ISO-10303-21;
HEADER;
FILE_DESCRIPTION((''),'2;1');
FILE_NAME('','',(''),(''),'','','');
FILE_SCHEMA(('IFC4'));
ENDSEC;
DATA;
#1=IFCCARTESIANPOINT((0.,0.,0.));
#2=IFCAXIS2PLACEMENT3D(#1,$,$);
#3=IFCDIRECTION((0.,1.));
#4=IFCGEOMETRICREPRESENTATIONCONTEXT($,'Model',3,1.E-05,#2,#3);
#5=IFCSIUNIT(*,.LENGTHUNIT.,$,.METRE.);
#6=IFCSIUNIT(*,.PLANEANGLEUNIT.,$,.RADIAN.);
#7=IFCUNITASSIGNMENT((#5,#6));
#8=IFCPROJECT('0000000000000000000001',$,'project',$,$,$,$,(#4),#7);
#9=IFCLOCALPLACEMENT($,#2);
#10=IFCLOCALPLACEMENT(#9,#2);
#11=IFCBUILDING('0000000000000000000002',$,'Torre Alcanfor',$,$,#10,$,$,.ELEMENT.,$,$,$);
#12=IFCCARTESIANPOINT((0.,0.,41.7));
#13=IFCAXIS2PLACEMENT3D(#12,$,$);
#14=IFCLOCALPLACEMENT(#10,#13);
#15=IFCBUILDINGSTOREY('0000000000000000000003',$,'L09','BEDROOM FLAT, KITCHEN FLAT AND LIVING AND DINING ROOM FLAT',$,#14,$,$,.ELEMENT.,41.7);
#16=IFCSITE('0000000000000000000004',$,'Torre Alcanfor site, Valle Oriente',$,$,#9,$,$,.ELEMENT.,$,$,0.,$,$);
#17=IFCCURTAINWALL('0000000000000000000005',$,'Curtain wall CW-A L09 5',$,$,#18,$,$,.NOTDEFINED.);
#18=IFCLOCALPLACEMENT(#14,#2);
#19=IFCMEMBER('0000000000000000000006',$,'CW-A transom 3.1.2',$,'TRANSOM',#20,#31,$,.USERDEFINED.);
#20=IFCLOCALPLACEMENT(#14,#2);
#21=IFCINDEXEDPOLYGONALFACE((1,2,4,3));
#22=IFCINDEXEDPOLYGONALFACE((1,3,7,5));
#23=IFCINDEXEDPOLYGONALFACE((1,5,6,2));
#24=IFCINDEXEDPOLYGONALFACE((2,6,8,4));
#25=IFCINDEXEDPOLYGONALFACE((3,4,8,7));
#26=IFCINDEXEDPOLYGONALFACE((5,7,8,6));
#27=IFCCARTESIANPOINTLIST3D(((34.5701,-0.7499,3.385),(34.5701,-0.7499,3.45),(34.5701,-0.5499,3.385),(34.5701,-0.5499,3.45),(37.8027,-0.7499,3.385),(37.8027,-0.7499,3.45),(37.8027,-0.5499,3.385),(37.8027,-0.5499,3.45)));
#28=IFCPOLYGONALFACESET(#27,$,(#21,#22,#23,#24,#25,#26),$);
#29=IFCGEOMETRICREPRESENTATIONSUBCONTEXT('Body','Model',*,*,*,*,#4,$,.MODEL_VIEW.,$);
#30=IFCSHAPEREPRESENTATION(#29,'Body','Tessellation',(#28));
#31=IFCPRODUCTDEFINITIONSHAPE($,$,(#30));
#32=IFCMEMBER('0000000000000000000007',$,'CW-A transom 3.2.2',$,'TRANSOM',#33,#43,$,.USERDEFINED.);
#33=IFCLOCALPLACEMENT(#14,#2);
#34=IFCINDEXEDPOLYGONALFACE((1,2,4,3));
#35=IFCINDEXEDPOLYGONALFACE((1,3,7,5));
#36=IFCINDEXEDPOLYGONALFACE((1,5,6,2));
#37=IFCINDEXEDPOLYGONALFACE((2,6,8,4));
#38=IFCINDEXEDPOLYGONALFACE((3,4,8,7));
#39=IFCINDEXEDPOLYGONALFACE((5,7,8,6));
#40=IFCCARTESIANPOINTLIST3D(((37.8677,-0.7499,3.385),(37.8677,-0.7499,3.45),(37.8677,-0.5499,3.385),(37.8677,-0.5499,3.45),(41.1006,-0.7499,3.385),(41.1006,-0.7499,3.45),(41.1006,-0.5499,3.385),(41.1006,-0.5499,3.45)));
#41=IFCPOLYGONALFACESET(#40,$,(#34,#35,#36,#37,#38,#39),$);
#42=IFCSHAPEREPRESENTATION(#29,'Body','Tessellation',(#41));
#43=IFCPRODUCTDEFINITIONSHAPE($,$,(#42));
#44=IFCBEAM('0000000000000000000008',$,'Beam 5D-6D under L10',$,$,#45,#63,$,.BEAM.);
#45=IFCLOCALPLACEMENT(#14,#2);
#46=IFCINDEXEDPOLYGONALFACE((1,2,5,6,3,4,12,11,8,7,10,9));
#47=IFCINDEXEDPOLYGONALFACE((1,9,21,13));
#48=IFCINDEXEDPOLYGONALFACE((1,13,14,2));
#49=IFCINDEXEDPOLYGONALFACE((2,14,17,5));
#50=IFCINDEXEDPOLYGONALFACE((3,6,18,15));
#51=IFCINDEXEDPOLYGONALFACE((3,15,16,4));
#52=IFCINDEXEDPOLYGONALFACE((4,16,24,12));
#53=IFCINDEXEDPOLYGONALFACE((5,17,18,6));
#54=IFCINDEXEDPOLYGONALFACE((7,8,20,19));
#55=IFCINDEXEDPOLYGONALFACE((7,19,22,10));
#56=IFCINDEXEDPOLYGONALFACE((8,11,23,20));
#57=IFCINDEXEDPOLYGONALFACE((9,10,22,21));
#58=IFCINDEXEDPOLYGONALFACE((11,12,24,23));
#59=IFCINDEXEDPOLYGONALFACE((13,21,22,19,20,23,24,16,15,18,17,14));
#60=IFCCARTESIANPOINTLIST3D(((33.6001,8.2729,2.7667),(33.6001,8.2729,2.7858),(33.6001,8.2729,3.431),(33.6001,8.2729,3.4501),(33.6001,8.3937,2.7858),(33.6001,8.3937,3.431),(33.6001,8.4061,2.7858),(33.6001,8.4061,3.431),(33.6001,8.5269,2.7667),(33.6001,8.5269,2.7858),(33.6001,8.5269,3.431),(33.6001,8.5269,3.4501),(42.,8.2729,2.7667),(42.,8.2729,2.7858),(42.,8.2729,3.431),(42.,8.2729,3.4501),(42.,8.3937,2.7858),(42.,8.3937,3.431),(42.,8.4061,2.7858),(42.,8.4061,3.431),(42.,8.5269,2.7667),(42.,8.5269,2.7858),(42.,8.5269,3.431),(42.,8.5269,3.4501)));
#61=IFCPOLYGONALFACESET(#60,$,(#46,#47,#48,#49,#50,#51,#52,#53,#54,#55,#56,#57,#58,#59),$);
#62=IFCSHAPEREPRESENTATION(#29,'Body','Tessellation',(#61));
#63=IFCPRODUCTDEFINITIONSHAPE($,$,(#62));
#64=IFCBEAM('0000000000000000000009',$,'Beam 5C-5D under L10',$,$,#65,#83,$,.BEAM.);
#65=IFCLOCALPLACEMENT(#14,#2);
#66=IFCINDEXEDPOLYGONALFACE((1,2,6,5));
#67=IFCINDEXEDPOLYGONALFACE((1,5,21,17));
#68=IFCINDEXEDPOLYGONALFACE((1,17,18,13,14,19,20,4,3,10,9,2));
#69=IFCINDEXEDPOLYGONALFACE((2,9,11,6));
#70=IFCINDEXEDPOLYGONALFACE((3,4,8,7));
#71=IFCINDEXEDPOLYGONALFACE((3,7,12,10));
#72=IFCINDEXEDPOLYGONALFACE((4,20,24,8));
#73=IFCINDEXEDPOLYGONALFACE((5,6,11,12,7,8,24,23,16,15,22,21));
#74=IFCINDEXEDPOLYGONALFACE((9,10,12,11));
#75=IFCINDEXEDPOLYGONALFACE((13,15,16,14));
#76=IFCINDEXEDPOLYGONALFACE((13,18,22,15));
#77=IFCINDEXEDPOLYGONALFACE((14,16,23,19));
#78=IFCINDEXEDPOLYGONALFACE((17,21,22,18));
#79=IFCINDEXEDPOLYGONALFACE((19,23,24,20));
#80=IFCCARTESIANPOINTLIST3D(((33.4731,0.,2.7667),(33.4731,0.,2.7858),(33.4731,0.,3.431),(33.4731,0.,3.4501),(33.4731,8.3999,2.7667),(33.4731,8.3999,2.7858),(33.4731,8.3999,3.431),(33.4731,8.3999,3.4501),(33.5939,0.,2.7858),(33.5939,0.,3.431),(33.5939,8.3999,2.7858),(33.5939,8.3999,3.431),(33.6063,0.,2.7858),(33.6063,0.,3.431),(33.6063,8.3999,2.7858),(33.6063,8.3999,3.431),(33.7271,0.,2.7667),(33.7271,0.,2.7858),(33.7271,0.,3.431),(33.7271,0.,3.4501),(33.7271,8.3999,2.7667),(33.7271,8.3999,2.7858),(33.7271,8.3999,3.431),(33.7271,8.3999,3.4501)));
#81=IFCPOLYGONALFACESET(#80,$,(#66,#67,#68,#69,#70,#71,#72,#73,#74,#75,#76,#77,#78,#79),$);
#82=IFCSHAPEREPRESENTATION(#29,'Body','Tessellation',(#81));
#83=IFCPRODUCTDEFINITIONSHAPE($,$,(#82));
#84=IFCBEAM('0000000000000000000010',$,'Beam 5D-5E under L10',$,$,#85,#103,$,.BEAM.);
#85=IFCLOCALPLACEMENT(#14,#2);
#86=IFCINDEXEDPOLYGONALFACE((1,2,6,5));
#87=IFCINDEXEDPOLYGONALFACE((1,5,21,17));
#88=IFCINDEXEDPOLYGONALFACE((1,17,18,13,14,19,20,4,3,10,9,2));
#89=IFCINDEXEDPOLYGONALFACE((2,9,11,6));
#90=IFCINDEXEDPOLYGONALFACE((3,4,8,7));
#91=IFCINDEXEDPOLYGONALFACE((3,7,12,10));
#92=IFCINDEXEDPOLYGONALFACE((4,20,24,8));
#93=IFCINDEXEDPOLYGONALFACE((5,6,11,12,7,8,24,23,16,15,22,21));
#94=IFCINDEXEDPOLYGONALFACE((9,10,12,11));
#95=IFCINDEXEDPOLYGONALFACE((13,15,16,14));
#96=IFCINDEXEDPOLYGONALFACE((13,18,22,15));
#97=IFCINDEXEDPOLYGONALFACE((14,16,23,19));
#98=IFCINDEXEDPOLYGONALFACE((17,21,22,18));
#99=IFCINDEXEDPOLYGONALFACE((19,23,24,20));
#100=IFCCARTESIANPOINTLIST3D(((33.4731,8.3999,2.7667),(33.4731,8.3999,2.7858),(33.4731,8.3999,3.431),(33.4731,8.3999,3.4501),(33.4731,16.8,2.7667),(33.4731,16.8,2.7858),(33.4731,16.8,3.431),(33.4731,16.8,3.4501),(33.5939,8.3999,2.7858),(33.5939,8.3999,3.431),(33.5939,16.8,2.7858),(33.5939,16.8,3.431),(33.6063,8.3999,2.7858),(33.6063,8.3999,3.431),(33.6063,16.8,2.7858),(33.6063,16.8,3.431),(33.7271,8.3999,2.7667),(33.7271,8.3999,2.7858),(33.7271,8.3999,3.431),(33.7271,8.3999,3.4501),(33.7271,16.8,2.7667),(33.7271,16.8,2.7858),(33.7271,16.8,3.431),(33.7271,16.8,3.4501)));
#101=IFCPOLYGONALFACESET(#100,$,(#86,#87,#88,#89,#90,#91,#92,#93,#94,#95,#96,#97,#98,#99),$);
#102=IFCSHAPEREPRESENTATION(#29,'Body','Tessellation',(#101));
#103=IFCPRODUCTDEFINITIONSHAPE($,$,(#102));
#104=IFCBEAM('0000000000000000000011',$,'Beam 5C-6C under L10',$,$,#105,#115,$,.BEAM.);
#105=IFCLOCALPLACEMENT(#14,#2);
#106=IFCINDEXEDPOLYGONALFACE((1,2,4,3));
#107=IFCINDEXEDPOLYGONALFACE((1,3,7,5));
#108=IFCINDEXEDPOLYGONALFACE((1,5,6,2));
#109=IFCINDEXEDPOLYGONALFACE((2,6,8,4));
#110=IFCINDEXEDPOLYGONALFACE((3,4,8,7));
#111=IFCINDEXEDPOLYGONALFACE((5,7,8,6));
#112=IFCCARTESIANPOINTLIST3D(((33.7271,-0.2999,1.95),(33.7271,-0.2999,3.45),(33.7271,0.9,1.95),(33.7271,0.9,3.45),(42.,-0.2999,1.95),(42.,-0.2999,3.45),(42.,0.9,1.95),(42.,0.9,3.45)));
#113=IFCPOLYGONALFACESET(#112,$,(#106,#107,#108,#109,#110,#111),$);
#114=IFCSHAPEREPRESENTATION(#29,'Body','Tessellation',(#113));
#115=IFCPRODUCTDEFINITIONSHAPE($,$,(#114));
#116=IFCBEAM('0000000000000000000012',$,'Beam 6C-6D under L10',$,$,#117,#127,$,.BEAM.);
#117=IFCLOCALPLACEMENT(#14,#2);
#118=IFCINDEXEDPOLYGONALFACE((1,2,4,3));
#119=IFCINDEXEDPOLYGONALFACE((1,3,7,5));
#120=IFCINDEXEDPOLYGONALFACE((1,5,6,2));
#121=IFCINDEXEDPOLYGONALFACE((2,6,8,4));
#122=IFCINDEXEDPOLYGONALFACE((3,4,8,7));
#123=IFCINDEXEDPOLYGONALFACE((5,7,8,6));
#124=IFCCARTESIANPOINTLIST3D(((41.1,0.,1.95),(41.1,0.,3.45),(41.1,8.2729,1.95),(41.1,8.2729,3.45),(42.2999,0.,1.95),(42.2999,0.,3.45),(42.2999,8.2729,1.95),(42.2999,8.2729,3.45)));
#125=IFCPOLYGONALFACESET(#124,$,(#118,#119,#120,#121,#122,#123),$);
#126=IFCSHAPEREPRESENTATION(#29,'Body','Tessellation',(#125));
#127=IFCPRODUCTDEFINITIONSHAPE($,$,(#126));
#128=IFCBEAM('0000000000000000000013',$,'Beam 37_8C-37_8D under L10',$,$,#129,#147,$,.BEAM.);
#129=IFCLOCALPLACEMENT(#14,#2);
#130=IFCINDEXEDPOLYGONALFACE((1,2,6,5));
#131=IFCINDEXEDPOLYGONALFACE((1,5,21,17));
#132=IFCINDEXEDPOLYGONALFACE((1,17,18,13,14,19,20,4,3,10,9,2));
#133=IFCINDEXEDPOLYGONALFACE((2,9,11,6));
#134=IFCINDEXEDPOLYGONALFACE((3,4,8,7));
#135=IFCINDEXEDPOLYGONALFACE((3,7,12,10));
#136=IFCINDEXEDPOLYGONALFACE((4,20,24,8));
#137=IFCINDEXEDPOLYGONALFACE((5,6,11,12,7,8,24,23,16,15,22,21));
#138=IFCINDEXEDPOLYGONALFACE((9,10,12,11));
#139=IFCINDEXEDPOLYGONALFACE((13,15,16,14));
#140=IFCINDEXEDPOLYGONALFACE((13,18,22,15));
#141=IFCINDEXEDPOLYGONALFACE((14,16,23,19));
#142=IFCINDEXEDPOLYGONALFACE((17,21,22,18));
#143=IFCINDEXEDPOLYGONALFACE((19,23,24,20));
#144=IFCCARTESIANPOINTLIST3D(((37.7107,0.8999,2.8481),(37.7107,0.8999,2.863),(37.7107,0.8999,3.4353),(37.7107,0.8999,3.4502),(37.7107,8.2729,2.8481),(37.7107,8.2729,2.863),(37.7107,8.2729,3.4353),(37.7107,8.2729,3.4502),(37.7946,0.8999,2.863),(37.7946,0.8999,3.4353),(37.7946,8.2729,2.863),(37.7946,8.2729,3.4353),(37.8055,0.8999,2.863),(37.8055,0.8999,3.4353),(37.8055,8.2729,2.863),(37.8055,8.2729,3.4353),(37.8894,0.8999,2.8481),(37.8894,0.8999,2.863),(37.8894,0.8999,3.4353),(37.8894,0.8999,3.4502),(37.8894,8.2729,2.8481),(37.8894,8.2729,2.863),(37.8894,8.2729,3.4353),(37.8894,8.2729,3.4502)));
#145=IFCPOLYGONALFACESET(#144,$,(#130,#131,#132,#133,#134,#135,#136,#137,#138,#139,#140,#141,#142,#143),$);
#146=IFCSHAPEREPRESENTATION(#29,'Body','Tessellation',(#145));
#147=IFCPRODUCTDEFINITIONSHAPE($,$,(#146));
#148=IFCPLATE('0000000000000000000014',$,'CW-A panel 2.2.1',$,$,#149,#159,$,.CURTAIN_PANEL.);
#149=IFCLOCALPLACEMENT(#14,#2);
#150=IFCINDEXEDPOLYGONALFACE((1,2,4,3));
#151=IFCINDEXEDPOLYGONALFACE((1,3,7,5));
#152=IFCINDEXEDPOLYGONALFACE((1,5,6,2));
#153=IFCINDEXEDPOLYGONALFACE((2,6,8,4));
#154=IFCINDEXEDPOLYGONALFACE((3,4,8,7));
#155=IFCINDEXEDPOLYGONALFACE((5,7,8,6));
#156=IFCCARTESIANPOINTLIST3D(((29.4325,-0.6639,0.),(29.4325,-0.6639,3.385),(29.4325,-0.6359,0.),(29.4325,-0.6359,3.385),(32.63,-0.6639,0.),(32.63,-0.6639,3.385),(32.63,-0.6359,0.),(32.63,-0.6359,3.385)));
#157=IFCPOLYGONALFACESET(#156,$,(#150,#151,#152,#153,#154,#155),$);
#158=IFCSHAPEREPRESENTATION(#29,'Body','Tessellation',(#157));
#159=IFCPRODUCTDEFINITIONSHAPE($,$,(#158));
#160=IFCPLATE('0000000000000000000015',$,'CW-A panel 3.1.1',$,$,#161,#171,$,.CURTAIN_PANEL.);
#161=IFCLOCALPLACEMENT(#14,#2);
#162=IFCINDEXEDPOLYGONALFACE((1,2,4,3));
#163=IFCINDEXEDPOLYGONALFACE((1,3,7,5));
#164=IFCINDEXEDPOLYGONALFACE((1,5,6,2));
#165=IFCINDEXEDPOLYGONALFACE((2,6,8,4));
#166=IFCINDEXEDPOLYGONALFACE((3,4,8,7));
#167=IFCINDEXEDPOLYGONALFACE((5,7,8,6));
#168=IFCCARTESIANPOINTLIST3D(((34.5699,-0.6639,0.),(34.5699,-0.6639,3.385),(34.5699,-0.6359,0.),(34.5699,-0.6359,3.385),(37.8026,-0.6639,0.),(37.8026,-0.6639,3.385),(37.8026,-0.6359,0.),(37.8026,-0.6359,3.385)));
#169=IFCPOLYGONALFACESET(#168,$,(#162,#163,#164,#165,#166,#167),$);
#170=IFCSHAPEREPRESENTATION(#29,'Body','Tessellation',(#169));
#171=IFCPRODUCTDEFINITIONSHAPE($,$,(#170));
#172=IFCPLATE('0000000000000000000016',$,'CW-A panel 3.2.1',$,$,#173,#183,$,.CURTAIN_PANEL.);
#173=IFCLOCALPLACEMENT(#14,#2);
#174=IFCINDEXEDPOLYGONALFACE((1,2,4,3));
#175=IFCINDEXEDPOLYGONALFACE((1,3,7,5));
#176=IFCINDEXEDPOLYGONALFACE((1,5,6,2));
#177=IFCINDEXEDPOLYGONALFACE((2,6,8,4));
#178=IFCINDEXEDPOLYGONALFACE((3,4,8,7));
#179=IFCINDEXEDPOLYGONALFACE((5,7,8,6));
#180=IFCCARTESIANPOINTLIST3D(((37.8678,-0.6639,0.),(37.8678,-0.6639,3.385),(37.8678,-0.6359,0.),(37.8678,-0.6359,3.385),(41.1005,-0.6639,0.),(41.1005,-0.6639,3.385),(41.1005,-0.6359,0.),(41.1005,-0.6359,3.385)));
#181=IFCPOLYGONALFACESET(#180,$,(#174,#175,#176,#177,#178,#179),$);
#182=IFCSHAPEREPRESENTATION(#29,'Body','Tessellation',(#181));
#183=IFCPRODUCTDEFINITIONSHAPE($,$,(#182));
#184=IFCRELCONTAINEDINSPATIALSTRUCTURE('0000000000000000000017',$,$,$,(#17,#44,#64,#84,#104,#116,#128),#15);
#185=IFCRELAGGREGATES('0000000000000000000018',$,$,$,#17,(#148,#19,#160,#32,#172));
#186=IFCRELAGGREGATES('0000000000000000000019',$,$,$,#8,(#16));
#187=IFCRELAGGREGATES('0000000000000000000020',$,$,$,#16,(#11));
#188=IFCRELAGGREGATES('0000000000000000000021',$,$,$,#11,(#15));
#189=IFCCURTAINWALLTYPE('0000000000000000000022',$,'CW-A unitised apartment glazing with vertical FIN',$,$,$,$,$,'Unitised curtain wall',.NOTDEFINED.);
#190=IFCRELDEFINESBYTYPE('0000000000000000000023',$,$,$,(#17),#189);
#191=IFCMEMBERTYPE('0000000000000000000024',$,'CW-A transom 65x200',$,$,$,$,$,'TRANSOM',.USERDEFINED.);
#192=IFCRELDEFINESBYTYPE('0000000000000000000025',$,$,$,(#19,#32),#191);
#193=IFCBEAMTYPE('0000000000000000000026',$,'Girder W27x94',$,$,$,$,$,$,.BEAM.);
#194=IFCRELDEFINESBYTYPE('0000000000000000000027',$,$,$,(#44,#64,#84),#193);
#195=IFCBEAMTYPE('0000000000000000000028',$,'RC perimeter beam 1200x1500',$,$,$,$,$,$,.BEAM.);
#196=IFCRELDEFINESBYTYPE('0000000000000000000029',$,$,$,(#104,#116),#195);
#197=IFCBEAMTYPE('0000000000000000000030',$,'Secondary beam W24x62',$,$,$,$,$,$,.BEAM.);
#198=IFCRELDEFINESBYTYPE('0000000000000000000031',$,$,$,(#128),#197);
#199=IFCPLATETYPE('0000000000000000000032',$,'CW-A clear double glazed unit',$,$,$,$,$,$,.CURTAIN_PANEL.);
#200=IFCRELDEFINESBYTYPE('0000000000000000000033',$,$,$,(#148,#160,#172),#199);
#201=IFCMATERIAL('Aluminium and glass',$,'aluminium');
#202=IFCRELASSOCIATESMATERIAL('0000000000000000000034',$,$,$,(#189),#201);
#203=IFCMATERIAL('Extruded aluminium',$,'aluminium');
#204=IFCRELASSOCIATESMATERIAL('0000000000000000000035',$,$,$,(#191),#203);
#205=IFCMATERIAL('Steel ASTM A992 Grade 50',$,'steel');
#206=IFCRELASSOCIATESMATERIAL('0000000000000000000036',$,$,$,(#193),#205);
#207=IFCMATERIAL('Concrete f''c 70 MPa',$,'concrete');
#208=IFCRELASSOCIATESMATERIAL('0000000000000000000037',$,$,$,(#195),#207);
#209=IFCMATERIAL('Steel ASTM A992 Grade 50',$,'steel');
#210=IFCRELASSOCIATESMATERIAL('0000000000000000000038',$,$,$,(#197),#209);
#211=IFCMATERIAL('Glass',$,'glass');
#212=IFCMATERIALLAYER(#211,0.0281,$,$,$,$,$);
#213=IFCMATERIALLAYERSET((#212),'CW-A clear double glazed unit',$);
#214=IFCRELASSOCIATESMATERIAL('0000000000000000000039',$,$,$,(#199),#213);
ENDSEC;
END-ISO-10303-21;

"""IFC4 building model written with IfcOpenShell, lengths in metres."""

from ifc_helpers import new_model, si_unit, direction, frame, origin, origin_2d, place, context, subcontext, project, spatial, rectangle, i_section, extrude, material, layer, layer_set, material_profile, profile_set, type_object, element, aggregate, save


model = new_model("IFC4")

# Units and contexts
model_context = context("Model", 3, precision=1e-05, world=origin(), true_north=direction((0.0, 1.0)))
body_context = subcontext(model_context, "Body", "Model", "MODEL_VIEW")
ifc_project = project(units=[si_unit("LENGTHUNIT", "METRE"), si_unit("PLANEANGLEUNIT", "RADIAN")], contexts=[model_context])

# Site, building, storey
site_placement = place(None, origin())
site = spatial("IfcSite", under=ifc_project, at=site_placement, Name="Torre Alcanfor site, Valle Oriente", CompositionType="ELEMENT", RefElevation=0.0)
building_placement = place(site_placement, origin())
building = spatial("IfcBuilding", under=site, at=building_placement, Name="Torre Alcanfor", CompositionType="ELEMENT")
storey_placement = place(building_placement, frame((0.0, 0.0, 41.7)))
storey = spatial("IfcBuildingStorey", under=building, at=storey_placement, Name="L09", Description="BEDROOM FLAT, KITCHEN FLAT AND LIVING AND DINING ROOM FLAT", CompositionType="ELEMENT", Elevation=41.7)

# Curtain wall, members
ifc_material_1 = material(Name="Aluminium and glass", Category="aluminium")
curtain_wall_type = type_object("IfcCurtainWallType", Name="CW-A unitised apartment glazing with vertical FIN", ElementType="Unitised curtain wall", PredefinedType="NOTDEFINED", material=ifc_material_1)
curtain_wall_placement = place(storey_placement, origin())
curtain_wall = element("IfcCurtainWall", 1, at=curtain_wall_placement, inside=storey, type_object=curtain_wall_type, Name="Curtain wall CW-A L09 5", PredefinedType="NOTDEFINED")
ifc_material_2 = material(Name="Extruded aluminium", Category="aluminium")
ifc_material_profile_1 = material_profile(ifc_material_2, rectangle(XDim=0.2, YDim=0.0649, at=origin_2d()), Name="CW-A transom 200x65")
ifc_profile_set_1 = profile_set([ifc_material_profile_1], Name="Extruded aluminium")
member_type_1 = type_object("IfcMemberType", Name="CW-A transom 65x200", ElementType="TRANSOM", PredefinedType="USERDEFINED", material=ifc_profile_set_1)
member_1_placement = place(storey_placement, frame((34.5701, -0.6499, 3.4175), z_axis=(1.0, 0.0, 0.0), x_axis=(0.0, 1.0, 0.0)))
member_1 = element("IfcMember", 2, at=member_1_placement, type_object=member_type_1, Name="CW-A transom 3.1.2", ObjectType="TRANSOM", PredefinedType="USERDEFINED", context=body_context, shape_type="SweptSolid", body=[
    extrude(rectangle(XDim=0.2, YDim=0.0649, at=origin_2d()), origin(), (0.0, 0.0, 1.0), 3.2327),
])
member_2_placement = place(storey_placement, frame((37.8677, -0.6499, 3.4175), z_axis=(1.0, 0.0, 0.0), x_axis=(0.0, 1.0, 0.0)))
member_2 = element("IfcMember", 3, at=member_2_placement, type_object=member_type_1, Name="CW-A transom 3.2.2", ObjectType="TRANSOM", PredefinedType="USERDEFINED", context=body_context, shape_type="SweptSolid", body=[
    extrude(rectangle(XDim=0.2, YDim=0.0649, at=origin_2d()), origin(), (0.0, 0.0, 1.0), 3.2329),
])

# Beams
ifc_material_3 = material(Name="Steel ASTM A992 Grade 50", Category="steel")
ifc_material_profile_2 = material_profile(ifc_material_3, i_section(OverallWidth=0.2539, OverallDepth=0.6833, WebThickness=0.0125, FlangeThickness=0.019, at=origin_2d()), Name="W27x94")
ifc_profile_set_2 = profile_set([ifc_material_profile_2], Name="Steel ASTM A992 Grade 50")
beam_type_1 = type_object("IfcBeamType", Name="Girder W27x94", PredefinedType="BEAM", material=ifc_profile_set_2)
for number, where, z_axis, x_axis, name in (
    (4, (33.6001, 8.3999, 3.1084), (1.0, 0.0, 0.0), (0.0, 1.0, 0.0), "Beam 5D-6D under L10"),
    (5, (33.6001, 0.0, 3.1084), (0.0, 1.0, 0.0), (-1.0, 0.0, 0.0), "Beam 5C-5D under L10"),
):
    element("IfcBeam", number, at=place(storey_placement, frame(where, z_axis=z_axis, x_axis=x_axis)), inside=storey, type_object=beam_type_1, Name=name, PredefinedType="BEAM", context=body_context, shape_type="SweptSolid", body=[
        extrude(i_section(OverallWidth=0.2539, OverallDepth=0.6833, WebThickness=0.0125, FlangeThickness=0.019, at=origin_2d()), origin(), (0.0, 0.0, 1.0), 8.3999),
    ])
beam_1_placement = place(storey_placement, frame((33.6001, 8.3999, 3.1084), z_axis=(0.0, 1.0, 0.0), x_axis=(-1.0, 0.0, 0.0)))
element("IfcBeam", 6, at=beam_1_placement, inside=storey, type_object=beam_type_1, Name="Beam 5D-5E under L10", PredefinedType="BEAM", context=body_context, shape_type="SweptSolid", body=[
    extrude(i_section(OverallWidth=0.2539, OverallDepth=0.6833, WebThickness=0.0125, FlangeThickness=0.019, at=origin_2d()), origin(), (0.0, 0.0, 1.0), 8.4001),
])
ifc_material_4 = material(Name="Concrete f'c 70 MPa", Category="concrete")
ifc_material_profile_3 = material_profile(ifc_material_4, rectangle(XDim=1.2, YDim=1.5, at=origin_2d()), Name="1200x1500")
ifc_profile_set_3 = profile_set([ifc_material_profile_3], Name="Concrete f'c 70 MPa")
beam_type_2 = type_object("IfcBeamType", Name="RC perimeter beam 1200x1500", PredefinedType="BEAM", material=ifc_profile_set_3)
for number, where, z_axis, x_axis, name in (
    (7, (33.7271, 0.3, 2.7), (1.0, 0.0, 0.0), (0.0, 1.0, 0.0), "Beam 5C-6C under L10"),
    (8, (41.7, 0.0, 2.7), (0.0, 1.0, 0.0), (-1.0, 0.0, 0.0), "Beam 6C-6D under L10"),
):
    element("IfcBeam", number, at=place(storey_placement, frame(where, z_axis=z_axis, x_axis=x_axis)), inside=storey, type_object=beam_type_2, Name=name, PredefinedType="BEAM", context=body_context, shape_type="SweptSolid", body=[
        extrude(rectangle(XDim=1.2, YDim=1.5, at=origin_2d()), origin(), (0.0, 0.0, 1.0), 8.2729),
    ])
ifc_material_5 = material(Name="Steel ASTM A992 Grade 50", Category="steel")
ifc_material_profile_4 = material_profile(ifc_material_5, i_section(OverallWidth=0.1787, OverallDepth=0.6021, WebThickness=0.011, FlangeThickness=0.0149, at=origin_2d()), Name="W24x62")
ifc_profile_set_4 = profile_set([ifc_material_profile_4], Name="Steel ASTM A992 Grade 50")
beam_type_3 = type_object("IfcBeamType", Name="Secondary beam W24x62", PredefinedType="BEAM", material=ifc_profile_set_4)
beam_2_placement = place(storey_placement, frame((37.8, 0.8999, 3.1492), z_axis=(0.0, 1.0, 0.0), x_axis=(-1.0, 0.0, 0.0)))
element("IfcBeam", 9, at=beam_2_placement, inside=storey, type_object=beam_type_3, Name="Beam 37_8C-37_8D under L10", PredefinedType="BEAM", context=body_context, shape_type="SweptSolid", body=[
    extrude(i_section(OverallWidth=0.1787, OverallDepth=0.6021, WebThickness=0.011, FlangeThickness=0.0149, at=origin_2d()), origin(), (0.0, 0.0, 1.0), 7.373),
])

# Plates
ifc_material_6 = material(Name="Glass", Category="glass")
ifc_layer_1 = layer(ifc_material_6, 0.0281)
ifc_layer_set_1 = layer_set([ifc_layer_1], Name="CW-A clear double glazed unit")
plate_type = type_object("IfcPlateType", Name="CW-A clear double glazed unit", PredefinedType="CURTAIN_PANEL", material=ifc_layer_set_1)
plate_1_placement = place(storey_placement, frame((31.0312, -0.6499, 0.0), z_axis=(0.0, 0.0, 1.0), x_axis=(1.0, 0.0, 0.0)))
plate_1 = element("IfcPlate", 10, at=plate_1_placement, type_object=plate_type, Name="CW-A panel 2.2.1", PredefinedType="CURTAIN_PANEL", context=body_context, shape_type="SweptSolid", body=[
    extrude(rectangle(XDim=3.1975, YDim=0.0281, at=origin_2d()), origin(), (0.0, 0.0, 1.0), 3.385),
])
plate_2_placement = place(storey_placement, frame((36.1863, -0.6499, 0.0), z_axis=(0.0, 0.0, 1.0), x_axis=(1.0, 0.0, 0.0)))
plate_2 = element("IfcPlate", 11, at=plate_2_placement, type_object=plate_type, Name="CW-A panel 3.1.1", PredefinedType="CURTAIN_PANEL", context=body_context, shape_type="SweptSolid", body=[
    extrude(rectangle(XDim=3.2327, YDim=0.0281, at=origin_2d()), origin(), (0.0, 0.0, 1.0), 3.385),
])
plate_3_placement = place(storey_placement, frame((39.4841, -0.6499, 0.0), z_axis=(0.0, 0.0, 1.0), x_axis=(1.0, 0.0, 0.0)))
plate_3 = element("IfcPlate", 12, at=plate_3_placement, type_object=plate_type, Name="CW-A panel 3.2.1", PredefinedType="CURTAIN_PANEL", context=body_context, shape_type="SweptSolid", body=[
    extrude(rectangle(XDim=3.2327, YDim=0.0281, at=origin_2d()), origin(), (0.0, 0.0, 1.0), 3.385),
])
aggregate(curtain_wall, [plate_1, member_1, plate_2, member_2, plate_3])

save(model, "model.ifc")
